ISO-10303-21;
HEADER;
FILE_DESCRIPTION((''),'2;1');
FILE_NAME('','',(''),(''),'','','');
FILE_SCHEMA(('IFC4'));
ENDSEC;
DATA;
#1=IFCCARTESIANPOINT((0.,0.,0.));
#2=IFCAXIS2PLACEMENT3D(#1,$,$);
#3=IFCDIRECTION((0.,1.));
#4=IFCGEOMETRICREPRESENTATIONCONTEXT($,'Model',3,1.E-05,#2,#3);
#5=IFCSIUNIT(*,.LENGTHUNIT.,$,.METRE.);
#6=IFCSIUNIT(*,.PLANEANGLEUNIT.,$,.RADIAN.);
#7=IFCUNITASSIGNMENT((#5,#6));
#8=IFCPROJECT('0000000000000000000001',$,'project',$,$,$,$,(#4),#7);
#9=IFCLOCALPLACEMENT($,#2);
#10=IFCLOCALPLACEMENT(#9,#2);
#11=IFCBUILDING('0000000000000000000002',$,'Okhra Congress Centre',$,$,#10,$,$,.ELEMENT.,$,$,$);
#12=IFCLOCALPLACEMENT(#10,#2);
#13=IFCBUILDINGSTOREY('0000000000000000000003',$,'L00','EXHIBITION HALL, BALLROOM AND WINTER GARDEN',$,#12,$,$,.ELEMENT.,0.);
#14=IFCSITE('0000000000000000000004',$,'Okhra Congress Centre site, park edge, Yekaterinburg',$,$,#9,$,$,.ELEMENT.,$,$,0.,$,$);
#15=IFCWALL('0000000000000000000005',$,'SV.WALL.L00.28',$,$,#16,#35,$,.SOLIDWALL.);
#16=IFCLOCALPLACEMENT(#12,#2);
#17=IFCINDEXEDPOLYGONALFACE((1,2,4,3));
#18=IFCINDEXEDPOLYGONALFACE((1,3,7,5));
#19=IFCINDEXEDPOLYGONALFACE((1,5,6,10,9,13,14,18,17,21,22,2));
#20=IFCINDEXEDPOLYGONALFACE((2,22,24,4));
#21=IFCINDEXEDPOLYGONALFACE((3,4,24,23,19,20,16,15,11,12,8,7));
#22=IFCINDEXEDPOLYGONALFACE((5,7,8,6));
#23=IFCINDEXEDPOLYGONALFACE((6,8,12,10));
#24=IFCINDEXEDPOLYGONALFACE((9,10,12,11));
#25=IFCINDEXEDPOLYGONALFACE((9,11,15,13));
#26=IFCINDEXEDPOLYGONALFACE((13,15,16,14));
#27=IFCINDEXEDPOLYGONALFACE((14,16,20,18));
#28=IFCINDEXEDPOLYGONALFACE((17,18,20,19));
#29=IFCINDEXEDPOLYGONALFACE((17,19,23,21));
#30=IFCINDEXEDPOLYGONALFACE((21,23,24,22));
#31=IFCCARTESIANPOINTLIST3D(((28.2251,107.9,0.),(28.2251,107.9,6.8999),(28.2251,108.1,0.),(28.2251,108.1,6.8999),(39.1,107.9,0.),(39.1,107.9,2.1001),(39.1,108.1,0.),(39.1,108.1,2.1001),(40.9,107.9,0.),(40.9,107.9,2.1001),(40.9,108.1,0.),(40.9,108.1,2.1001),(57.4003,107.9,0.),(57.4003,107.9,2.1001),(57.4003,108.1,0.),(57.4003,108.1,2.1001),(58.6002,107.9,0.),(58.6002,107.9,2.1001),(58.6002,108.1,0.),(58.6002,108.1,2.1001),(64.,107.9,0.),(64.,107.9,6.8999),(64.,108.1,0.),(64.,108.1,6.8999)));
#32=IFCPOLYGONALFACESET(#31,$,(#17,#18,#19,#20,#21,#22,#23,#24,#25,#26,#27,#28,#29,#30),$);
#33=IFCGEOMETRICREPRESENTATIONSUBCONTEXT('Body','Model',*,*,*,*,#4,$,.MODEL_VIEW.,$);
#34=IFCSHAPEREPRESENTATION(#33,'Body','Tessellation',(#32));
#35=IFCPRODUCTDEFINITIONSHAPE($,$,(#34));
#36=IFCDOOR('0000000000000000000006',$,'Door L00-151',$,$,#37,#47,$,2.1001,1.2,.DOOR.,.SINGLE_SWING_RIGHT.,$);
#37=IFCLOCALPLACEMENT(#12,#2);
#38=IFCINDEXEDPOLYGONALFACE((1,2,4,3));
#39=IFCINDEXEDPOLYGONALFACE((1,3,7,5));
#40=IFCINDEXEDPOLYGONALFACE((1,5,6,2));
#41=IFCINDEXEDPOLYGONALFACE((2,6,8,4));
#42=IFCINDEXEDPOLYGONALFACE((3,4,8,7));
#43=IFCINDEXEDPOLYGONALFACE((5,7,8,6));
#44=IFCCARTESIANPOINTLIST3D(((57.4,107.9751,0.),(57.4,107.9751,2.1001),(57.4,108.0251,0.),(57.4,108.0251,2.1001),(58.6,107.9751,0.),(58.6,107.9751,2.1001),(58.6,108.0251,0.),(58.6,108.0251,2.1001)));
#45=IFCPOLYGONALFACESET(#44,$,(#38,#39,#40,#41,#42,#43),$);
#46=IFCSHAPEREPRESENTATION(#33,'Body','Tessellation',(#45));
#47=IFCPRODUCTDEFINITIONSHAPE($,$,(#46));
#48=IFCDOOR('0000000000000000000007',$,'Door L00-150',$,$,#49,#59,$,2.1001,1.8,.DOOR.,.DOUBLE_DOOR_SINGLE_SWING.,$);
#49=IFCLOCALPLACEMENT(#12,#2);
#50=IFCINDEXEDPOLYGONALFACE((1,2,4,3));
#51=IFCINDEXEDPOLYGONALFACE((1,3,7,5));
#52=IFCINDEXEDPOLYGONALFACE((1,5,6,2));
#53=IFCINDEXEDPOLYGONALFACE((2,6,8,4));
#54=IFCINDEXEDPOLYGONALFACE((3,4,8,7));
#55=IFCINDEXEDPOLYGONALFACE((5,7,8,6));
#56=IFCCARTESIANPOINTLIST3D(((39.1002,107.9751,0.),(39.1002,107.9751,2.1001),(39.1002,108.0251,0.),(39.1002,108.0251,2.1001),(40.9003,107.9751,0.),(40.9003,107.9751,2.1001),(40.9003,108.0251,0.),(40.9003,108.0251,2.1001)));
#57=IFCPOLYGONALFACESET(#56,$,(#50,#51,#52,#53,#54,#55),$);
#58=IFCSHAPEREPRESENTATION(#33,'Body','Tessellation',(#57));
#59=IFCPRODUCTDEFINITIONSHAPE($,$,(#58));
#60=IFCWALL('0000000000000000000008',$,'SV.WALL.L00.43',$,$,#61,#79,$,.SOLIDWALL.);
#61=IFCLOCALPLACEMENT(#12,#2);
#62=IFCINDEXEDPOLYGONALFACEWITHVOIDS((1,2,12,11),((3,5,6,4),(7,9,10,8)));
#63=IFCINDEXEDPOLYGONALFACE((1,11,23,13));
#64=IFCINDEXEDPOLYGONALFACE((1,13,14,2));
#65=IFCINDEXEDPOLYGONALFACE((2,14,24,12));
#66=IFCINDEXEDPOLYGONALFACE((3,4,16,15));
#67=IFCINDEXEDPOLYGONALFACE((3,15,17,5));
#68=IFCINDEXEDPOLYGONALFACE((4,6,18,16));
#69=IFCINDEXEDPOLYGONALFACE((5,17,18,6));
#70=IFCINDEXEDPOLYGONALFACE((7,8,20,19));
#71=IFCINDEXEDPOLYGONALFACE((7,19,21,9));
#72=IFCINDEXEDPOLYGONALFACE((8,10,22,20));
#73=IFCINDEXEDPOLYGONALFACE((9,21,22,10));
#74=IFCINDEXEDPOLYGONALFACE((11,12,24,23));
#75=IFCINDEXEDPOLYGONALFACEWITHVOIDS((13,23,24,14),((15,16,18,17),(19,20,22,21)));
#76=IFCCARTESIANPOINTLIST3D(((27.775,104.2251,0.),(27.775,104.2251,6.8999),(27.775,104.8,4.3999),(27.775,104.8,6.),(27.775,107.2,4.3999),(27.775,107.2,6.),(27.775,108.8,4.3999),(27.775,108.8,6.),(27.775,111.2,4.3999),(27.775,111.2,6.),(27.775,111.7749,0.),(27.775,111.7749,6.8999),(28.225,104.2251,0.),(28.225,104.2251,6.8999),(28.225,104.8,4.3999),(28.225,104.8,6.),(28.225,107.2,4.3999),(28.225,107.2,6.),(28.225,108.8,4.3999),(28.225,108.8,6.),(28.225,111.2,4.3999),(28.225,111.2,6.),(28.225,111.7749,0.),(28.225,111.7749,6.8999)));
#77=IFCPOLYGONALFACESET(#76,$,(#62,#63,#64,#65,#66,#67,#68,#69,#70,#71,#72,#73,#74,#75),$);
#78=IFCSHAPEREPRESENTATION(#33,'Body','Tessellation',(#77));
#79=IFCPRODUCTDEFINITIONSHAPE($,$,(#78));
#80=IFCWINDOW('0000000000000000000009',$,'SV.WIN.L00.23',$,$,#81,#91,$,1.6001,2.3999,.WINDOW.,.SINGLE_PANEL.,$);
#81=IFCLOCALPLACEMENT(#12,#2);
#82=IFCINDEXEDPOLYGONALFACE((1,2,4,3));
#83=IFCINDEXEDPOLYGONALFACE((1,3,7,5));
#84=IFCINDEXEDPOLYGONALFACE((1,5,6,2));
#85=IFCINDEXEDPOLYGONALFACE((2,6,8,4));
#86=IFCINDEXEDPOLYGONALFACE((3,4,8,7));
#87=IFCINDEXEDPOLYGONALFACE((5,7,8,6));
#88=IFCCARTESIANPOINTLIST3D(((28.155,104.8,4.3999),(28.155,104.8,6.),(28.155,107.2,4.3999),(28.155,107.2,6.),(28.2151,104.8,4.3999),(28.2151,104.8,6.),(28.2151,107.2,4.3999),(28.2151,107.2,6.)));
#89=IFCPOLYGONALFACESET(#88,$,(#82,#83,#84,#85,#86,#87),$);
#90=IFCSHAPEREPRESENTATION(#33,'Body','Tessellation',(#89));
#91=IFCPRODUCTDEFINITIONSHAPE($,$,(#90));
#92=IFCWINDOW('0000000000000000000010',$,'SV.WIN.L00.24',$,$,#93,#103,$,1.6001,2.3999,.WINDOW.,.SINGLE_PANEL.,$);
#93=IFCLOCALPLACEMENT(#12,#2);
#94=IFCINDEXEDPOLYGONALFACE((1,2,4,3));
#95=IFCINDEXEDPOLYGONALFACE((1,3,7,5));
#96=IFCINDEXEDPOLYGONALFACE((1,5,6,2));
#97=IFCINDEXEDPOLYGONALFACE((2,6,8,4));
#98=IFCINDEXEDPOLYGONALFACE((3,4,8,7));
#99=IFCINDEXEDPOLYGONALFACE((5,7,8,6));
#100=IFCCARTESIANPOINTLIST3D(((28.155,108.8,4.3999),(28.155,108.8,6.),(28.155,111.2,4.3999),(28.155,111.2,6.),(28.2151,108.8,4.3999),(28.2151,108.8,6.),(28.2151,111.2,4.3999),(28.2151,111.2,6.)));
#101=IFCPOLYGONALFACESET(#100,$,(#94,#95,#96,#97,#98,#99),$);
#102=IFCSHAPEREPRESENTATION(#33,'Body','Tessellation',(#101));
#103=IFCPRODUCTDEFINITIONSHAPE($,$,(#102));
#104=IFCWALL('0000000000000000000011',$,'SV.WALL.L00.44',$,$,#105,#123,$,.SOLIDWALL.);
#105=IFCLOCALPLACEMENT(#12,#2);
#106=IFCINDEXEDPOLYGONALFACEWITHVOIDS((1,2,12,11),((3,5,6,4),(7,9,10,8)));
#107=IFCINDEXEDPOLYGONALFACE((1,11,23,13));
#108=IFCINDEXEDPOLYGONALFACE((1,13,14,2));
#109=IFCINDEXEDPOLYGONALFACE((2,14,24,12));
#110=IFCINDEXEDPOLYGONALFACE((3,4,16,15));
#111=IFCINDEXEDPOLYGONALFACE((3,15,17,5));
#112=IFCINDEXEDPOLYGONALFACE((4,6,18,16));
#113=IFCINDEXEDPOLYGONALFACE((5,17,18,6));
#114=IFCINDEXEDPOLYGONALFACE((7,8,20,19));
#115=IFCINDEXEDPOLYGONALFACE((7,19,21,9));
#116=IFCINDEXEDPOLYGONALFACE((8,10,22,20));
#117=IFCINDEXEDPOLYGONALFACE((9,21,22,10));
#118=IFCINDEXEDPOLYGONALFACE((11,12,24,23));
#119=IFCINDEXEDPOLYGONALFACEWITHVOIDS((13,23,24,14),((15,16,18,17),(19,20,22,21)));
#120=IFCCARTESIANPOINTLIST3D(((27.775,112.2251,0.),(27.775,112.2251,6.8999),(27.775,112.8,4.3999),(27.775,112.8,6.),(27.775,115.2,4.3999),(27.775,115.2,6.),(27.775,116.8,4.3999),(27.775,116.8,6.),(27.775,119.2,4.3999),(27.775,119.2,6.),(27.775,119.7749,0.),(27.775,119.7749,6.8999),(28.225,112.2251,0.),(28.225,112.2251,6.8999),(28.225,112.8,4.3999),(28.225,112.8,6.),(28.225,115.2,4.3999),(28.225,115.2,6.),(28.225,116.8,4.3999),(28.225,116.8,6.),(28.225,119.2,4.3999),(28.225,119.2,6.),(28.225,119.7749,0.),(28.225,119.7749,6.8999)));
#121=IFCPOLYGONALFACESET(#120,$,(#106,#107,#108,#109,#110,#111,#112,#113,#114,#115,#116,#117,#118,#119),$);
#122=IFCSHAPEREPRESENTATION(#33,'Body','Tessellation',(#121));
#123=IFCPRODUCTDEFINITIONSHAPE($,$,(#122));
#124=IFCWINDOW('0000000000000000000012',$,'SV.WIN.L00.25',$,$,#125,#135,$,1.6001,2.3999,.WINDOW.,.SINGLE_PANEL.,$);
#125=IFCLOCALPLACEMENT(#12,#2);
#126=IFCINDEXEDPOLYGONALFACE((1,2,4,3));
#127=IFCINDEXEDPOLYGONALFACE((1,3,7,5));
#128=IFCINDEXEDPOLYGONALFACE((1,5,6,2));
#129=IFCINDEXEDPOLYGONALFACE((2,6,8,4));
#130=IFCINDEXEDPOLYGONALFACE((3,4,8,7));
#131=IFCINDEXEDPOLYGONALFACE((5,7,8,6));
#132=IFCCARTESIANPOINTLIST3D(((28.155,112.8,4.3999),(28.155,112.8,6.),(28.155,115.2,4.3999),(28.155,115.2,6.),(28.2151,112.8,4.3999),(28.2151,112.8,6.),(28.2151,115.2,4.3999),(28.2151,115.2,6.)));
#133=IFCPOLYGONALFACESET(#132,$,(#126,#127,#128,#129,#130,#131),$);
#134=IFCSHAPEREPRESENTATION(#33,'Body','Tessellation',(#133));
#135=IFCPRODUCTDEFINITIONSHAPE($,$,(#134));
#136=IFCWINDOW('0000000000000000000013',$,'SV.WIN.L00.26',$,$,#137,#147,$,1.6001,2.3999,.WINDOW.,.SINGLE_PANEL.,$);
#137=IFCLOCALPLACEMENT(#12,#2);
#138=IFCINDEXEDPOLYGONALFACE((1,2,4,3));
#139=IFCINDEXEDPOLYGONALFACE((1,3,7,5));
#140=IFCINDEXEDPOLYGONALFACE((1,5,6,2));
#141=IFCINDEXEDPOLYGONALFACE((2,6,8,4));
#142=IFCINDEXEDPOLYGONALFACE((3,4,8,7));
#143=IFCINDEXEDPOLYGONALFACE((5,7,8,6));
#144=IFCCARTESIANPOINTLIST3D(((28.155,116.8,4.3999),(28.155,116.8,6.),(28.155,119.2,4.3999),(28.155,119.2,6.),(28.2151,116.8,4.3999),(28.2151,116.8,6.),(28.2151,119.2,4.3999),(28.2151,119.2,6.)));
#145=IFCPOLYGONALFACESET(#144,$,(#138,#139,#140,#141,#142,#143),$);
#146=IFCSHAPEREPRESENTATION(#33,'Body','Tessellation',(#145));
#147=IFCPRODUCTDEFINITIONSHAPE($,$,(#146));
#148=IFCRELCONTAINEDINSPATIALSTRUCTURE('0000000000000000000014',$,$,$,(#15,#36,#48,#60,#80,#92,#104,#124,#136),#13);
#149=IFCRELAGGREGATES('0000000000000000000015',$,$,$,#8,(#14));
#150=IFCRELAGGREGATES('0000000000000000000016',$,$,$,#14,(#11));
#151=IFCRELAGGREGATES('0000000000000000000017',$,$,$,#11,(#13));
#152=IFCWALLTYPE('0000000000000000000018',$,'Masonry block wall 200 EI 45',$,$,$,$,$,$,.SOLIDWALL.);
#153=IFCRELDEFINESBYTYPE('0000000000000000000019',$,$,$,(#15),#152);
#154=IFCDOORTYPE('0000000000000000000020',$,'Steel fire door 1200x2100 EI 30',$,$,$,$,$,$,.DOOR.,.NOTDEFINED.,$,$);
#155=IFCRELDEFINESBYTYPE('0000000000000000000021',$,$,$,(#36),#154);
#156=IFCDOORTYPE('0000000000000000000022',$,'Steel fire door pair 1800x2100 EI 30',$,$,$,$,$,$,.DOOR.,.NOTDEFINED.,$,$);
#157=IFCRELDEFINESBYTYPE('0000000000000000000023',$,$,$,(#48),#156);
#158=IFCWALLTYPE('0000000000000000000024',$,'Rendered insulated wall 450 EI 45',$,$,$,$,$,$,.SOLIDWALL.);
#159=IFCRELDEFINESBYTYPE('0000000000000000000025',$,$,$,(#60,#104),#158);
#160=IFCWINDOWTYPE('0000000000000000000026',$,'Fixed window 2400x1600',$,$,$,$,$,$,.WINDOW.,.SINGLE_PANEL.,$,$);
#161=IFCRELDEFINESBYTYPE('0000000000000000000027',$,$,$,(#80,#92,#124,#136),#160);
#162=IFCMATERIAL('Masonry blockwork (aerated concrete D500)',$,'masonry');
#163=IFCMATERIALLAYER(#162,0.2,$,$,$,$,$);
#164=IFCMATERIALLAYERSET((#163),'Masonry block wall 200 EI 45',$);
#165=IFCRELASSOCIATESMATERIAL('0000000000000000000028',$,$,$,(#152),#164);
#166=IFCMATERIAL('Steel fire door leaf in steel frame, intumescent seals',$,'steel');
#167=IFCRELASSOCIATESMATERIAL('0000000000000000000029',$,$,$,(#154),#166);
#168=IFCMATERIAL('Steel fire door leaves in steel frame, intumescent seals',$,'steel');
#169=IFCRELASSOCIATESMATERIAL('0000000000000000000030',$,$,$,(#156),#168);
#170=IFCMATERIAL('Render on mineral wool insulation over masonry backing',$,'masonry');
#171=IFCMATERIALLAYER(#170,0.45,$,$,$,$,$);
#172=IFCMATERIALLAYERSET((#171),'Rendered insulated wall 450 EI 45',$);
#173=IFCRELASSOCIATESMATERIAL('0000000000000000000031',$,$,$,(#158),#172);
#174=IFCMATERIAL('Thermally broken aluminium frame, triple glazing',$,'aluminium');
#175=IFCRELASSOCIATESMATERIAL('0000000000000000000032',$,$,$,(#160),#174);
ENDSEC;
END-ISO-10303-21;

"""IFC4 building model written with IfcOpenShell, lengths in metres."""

from ifc_helpers import new_model, si_unit, direction, frame, frame_2d, origin, place, context, subcontext, project, spatial, rectangle, extrude, material, layer, layer_set, type_object, element, fill, save


model = new_model("IFC4")

# Units and contexts
model_context = context("Model", 3, precision=1e-05, world=origin(), true_north=direction((0.0, 1.0)))
body_context = subcontext(model_context, "Body", "Model", "MODEL_VIEW")
ifc_project = project(units=[si_unit("LENGTHUNIT", "METRE"), si_unit("PLANEANGLEUNIT", "RADIAN")], contexts=[model_context])

# Site, building, storey
site_placement = place(None, origin())
site = spatial("IfcSite", under=ifc_project, at=site_placement, Name="Okhra Congress Centre site, park edge, Yekaterinburg", CompositionType="ELEMENT", RefElevation=0.0)
building_placement = place(site_placement, origin())
building = spatial("IfcBuilding", under=site, at=building_placement, Name="Okhra Congress Centre", CompositionType="ELEMENT")
storey_placement = place(building_placement, origin())
storey = spatial("IfcBuildingStorey", under=building, at=storey_placement, Name="L00", Description="EXHIBITION HALL, BALLROOM AND WINTER GARDEN", CompositionType="ELEMENT", Elevation=0.0)

# Wall, openings, doors
ifc_material_1 = material(Name="Masonry blockwork (aerated concrete D500)", Category="masonry")
ifc_layer_1 = layer(ifc_material_1, 0.2)
ifc_layer_set_1 = layer_set([ifc_layer_1], Name="Masonry block wall 200 EI 45")
wall_type_1 = type_object("IfcWallType", Name="Masonry block wall 200 EI 45", PredefinedType="SOLIDWALL", material=ifc_layer_set_1)
wall_1_placement = place(storey_placement, frame((28.2251, 108.0, 0.0), z_axis=(0.0, 0.0, 1.0), x_axis=(1.0, 0.0, 0.0)))
wall_1 = element("IfcWall", 1, at=wall_1_placement, inside=storey, type_object=wall_type_1, Name="SV.WALL.L00.28", PredefinedType="SOLIDWALL", context=body_context, shape_type="SweptSolid", body=[
    extrude(rectangle(XDim=35.7749, YDim=0.2, at=frame_2d((17.8875, 0.0))), origin(), (0.0, 0.0, 1.0), 6.8999),
])
opening_1_placement = place(wall_1_placement, frame((10.875, 0.0, 0.0)))
opening_1 = element("IfcOpeningElement", 2, at=opening_1_placement, cuts=wall_1, PredefinedType="OPENING", context=body_context, shape_type="SweptSolid", body=[
    extrude(rectangle(XDim=1.8, YDim=2.1001, at=frame_2d((0.8999, 1.05))), frame((0.0, 0.1099, 0.0), z_axis=(0.0, -1.0, 0.0), x_axis=(1.0, 0.0, 0.0)), (0.0, 0.0, 1.0), 0.22),
])
opening_2_placement = place(wall_1_placement, frame((29.175, 0.0, 0.0)))
opening_2 = element("IfcOpeningElement", 3, at=opening_2_placement, cuts=wall_1, PredefinedType="OPENING", context=body_context, shape_type="SweptSolid", body=[
    extrude(rectangle(XDim=1.2, YDim=2.1001, at=frame_2d((0.6001, 1.05))), frame((0.0, 0.1099, 0.0), z_axis=(0.0, -1.0, 0.0), x_axis=(1.0, 0.0, 0.0)), (0.0, 0.0, 1.0), 0.22),
])
ifc_material_2 = material(Name="Steel fire door leaf in steel frame, intumescent seals", Category="steel")
door_type_1 = type_object("IfcDoorType", Name="Steel fire door 1200x2100 EI 30", OperationType="NOTDEFINED", PredefinedType="DOOR", material=ifc_material_2)
door_1_placement = place(opening_2_placement, frame((1.2, 0.0, 0.0), z_axis=(0.0, 0.0, 1.0), x_axis=(-1.0, 0.0, 0.0)))
door_1 = element("IfcDoor", 4, at=door_1_placement, inside=storey, type_object=door_type_1, Name="Door L00-151", OperationType="SINGLE_SWING_RIGHT", OverallHeight=2.1001, OverallWidth=1.2, PredefinedType="DOOR", context=body_context, shape_type="SweptSolid", body=[
    extrude(rectangle(XDim=1.2, YDim=2.1001, at=frame_2d((0.6001, 1.05))), frame((0.0, 0.0249, 0.0), z_axis=(0.0, -1.0, 0.0), x_axis=(1.0, 0.0, 0.0)), (0.0, 0.0, 1.0), 0.05),
])
fill(opening_2, door_1)
ifc_material_3 = material(Name="Steel fire door leaves in steel frame, intumescent seals", Category="steel")
door_type_2 = type_object("IfcDoorType", Name="Steel fire door pair 1800x2100 EI 30", OperationType="NOTDEFINED", PredefinedType="DOOR", material=ifc_material_3)
door_2_placement = place(opening_1_placement, frame((1.8, 0.0, 0.0), z_axis=(0.0, 0.0, 1.0), x_axis=(-1.0, 0.0, 0.0)))
door_2 = element("IfcDoor", 5, at=door_2_placement, inside=storey, type_object=door_type_2, Name="Door L00-150", OperationType="DOUBLE_DOOR_SINGLE_SWING", OverallHeight=2.1001, OverallWidth=1.8, PredefinedType="DOOR", context=body_context, shape_type="SweptSolid", body=[
    extrude(rectangle(XDim=1.8, YDim=2.1001, at=frame_2d((0.8999, 1.05))), frame((0.0, 0.0249, 0.0), z_axis=(0.0, -1.0, 0.0), x_axis=(1.0, 0.0, 0.0)), (0.0, 0.0, 1.0), 0.05),
])
fill(opening_1, door_2)

# Walls, openings, windows
ifc_material_4 = material(Name="Render on mineral wool insulation over masonry backing", Category="masonry")
ifc_layer_2 = layer(ifc_material_4, 0.45)
ifc_layer_set_2 = layer_set([ifc_layer_2], Name="Rendered insulated wall 450 EI 45")
wall_type_2 = type_object("IfcWallType", Name="Rendered insulated wall 450 EI 45", PredefinedType="SOLIDWALL", material=ifc_layer_set_2)
wall_2_placement = place(storey_placement, frame((28.0, 111.7749, 0.0), z_axis=(0.0, 0.0, 1.0), x_axis=(0.0, -1.0, 0.0)))
wall_2 = element("IfcWall", 6, at=wall_2_placement, inside=storey, type_object=wall_type_2, Name="SV.WALL.L00.43", PredefinedType="SOLIDWALL", context=body_context, shape_type="SweptSolid", body=[
    extrude(rectangle(XDim=7.5498, YDim=0.45, at=frame_2d((3.7749, 0.0))), origin(), (0.0, 0.0, 1.0), 6.8999),
])
opening_3_placement = place(wall_2_placement, frame((4.575, 0.0, 4.3999)))
opening_3 = element("IfcOpeningElement", 7, at=opening_3_placement, cuts=wall_2, PredefinedType="OPENING", context=body_context, shape_type="SweptSolid", body=[
    extrude(rectangle(XDim=2.3999, YDim=1.6001, at=frame_2d((1.2, 0.8))), frame((0.0, 0.2349, 0.0), z_axis=(0.0, -1.0, 0.0), x_axis=(1.0, 0.0, 0.0)), (0.0, 0.0, 1.0), 0.47),
])
opening_4_placement = place(wall_2_placement, frame((0.575, 0.0, 4.3999)))
opening_4 = element("IfcOpeningElement", 8, at=opening_4_placement, cuts=wall_2, PredefinedType="OPENING", context=body_context, shape_type="SweptSolid", body=[
    extrude(rectangle(XDim=2.3999, YDim=1.6001, at=frame_2d((1.2, 0.8))), frame((0.0, 0.2349, 0.0), z_axis=(0.0, -1.0, 0.0), x_axis=(1.0, 0.0, 0.0)), (0.0, 0.0, 1.0), 0.47),
])
ifc_material_5 = material(Name="Thermally broken aluminium frame, triple glazing", Category="aluminium")
window_type = type_object("IfcWindowType", Name="Fixed window 2400x1600", PartitioningType="SINGLE_PANEL", PredefinedType="WINDOW", material=ifc_material_5)
window_1_placement = place(opening_3_placement, origin())
window_1 = element("IfcWindow", 9, at=window_1_placement, inside=storey, type_object=window_type, Name="SV.WIN.L00.23", OverallHeight=1.6001, OverallWidth=2.3999, PartitioningType="SINGLE_PANEL", PredefinedType="WINDOW", context=body_context, shape_type="SweptSolid", body=[
    extrude(rectangle(XDim=2.3999, YDim=1.6001, at=frame_2d((1.2, 0.8))), frame((0.0, 0.2151, 0.0), z_axis=(0.0, -1.0, 0.0), x_axis=(1.0, 0.0, 0.0)), (0.0, 0.0, 1.0), 0.0601),
])
fill(opening_3, window_1)
window_2_placement = place(opening_4_placement, origin())
window_2 = element("IfcWindow", 10, at=window_2_placement, inside=storey, type_object=window_type, Name="SV.WIN.L00.24", OverallHeight=1.6001, OverallWidth=2.3999, PartitioningType="SINGLE_PANEL", PredefinedType="WINDOW", context=body_context, shape_type="SweptSolid", body=[
    extrude(rectangle(XDim=2.3999, YDim=1.6001, at=frame_2d((1.2, 0.8))), frame((0.0, 0.2151, 0.0), z_axis=(0.0, -1.0, 0.0), x_axis=(1.0, 0.0, 0.0)), (0.0, 0.0, 1.0), 0.0601),
])
fill(opening_4, window_2)
wall_3_placement = place(storey_placement, frame((28.0, 119.7749, 0.0), z_axis=(0.0, 0.0, 1.0), x_axis=(0.0, -1.0, 0.0)))
wall_3 = element("IfcWall", 11, at=wall_3_placement, inside=storey, type_object=wall_type_2, Name="SV.WALL.L00.44", PredefinedType="SOLIDWALL", context=body_context, shape_type="SweptSolid", body=[
    extrude(rectangle(XDim=7.5498, YDim=0.45, at=frame_2d((3.7749, 0.0))), origin(), (0.0, 0.0, 1.0), 6.8999),
])
opening_5_placement = place(wall_3_placement, frame((4.575, 0.0, 4.3999)))
opening_5 = element("IfcOpeningElement", 12, at=opening_5_placement, cuts=wall_3, PredefinedType="OPENING", context=body_context, shape_type="SweptSolid", body=[
    extrude(rectangle(XDim=2.3999, YDim=1.6001, at=frame_2d((1.2, 0.8))), frame((0.0, 0.2349, 0.0), z_axis=(0.0, -1.0, 0.0), x_axis=(1.0, 0.0, 0.0)), (0.0, 0.0, 1.0), 0.47),
])
opening_6_placement = place(wall_3_placement, frame((0.575, 0.0, 4.3999)))
opening_6 = element("IfcOpeningElement", 13, at=opening_6_placement, cuts=wall_3, PredefinedType="OPENING", context=body_context, shape_type="SweptSolid", body=[
    extrude(rectangle(XDim=2.3999, YDim=1.6001, at=frame_2d((1.2, 0.8))), frame((0.0, 0.2349, 0.0), z_axis=(0.0, -1.0, 0.0), x_axis=(1.0, 0.0, 0.0)), (0.0, 0.0, 1.0), 0.47),
])
window_3_placement = place(opening_5_placement, origin())
window_3 = element("IfcWindow", 14, at=window_3_placement, inside=storey, type_object=window_type, Name="SV.WIN.L00.25", OverallHeight=1.6001, OverallWidth=2.3999, PartitioningType="SINGLE_PANEL", PredefinedType="WINDOW", context=body_context, shape_type="SweptSolid", body=[
    extrude(rectangle(XDim=2.3999, YDim=1.6001, at=frame_2d((1.2, 0.8))), frame((0.0, 0.2151, 0.0), z_axis=(0.0, -1.0, 0.0), x_axis=(1.0, 0.0, 0.0)), (0.0, 0.0, 1.0), 0.0601),
])
fill(opening_5, window_3)
window_4_placement = place(opening_6_placement, origin())
window_4 = element("IfcWindow", 15, at=window_4_placement, inside=storey, type_object=window_type, Name="SV.WIN.L00.26", OverallHeight=1.6001, OverallWidth=2.3999, PartitioningType="SINGLE_PANEL", PredefinedType="WINDOW", context=body_context, shape_type="SweptSolid", body=[
    extrude(rectangle(XDim=2.3999, YDim=1.6001, at=frame_2d((1.2, 0.8))), frame((0.0, 0.2151, 0.0), z_axis=(0.0, -1.0, 0.0), x_axis=(1.0, 0.0, 0.0)), (0.0, 0.0, 1.0), 0.0601),
])
fill(opening_6, window_4)

save(model, "model.ifc")
